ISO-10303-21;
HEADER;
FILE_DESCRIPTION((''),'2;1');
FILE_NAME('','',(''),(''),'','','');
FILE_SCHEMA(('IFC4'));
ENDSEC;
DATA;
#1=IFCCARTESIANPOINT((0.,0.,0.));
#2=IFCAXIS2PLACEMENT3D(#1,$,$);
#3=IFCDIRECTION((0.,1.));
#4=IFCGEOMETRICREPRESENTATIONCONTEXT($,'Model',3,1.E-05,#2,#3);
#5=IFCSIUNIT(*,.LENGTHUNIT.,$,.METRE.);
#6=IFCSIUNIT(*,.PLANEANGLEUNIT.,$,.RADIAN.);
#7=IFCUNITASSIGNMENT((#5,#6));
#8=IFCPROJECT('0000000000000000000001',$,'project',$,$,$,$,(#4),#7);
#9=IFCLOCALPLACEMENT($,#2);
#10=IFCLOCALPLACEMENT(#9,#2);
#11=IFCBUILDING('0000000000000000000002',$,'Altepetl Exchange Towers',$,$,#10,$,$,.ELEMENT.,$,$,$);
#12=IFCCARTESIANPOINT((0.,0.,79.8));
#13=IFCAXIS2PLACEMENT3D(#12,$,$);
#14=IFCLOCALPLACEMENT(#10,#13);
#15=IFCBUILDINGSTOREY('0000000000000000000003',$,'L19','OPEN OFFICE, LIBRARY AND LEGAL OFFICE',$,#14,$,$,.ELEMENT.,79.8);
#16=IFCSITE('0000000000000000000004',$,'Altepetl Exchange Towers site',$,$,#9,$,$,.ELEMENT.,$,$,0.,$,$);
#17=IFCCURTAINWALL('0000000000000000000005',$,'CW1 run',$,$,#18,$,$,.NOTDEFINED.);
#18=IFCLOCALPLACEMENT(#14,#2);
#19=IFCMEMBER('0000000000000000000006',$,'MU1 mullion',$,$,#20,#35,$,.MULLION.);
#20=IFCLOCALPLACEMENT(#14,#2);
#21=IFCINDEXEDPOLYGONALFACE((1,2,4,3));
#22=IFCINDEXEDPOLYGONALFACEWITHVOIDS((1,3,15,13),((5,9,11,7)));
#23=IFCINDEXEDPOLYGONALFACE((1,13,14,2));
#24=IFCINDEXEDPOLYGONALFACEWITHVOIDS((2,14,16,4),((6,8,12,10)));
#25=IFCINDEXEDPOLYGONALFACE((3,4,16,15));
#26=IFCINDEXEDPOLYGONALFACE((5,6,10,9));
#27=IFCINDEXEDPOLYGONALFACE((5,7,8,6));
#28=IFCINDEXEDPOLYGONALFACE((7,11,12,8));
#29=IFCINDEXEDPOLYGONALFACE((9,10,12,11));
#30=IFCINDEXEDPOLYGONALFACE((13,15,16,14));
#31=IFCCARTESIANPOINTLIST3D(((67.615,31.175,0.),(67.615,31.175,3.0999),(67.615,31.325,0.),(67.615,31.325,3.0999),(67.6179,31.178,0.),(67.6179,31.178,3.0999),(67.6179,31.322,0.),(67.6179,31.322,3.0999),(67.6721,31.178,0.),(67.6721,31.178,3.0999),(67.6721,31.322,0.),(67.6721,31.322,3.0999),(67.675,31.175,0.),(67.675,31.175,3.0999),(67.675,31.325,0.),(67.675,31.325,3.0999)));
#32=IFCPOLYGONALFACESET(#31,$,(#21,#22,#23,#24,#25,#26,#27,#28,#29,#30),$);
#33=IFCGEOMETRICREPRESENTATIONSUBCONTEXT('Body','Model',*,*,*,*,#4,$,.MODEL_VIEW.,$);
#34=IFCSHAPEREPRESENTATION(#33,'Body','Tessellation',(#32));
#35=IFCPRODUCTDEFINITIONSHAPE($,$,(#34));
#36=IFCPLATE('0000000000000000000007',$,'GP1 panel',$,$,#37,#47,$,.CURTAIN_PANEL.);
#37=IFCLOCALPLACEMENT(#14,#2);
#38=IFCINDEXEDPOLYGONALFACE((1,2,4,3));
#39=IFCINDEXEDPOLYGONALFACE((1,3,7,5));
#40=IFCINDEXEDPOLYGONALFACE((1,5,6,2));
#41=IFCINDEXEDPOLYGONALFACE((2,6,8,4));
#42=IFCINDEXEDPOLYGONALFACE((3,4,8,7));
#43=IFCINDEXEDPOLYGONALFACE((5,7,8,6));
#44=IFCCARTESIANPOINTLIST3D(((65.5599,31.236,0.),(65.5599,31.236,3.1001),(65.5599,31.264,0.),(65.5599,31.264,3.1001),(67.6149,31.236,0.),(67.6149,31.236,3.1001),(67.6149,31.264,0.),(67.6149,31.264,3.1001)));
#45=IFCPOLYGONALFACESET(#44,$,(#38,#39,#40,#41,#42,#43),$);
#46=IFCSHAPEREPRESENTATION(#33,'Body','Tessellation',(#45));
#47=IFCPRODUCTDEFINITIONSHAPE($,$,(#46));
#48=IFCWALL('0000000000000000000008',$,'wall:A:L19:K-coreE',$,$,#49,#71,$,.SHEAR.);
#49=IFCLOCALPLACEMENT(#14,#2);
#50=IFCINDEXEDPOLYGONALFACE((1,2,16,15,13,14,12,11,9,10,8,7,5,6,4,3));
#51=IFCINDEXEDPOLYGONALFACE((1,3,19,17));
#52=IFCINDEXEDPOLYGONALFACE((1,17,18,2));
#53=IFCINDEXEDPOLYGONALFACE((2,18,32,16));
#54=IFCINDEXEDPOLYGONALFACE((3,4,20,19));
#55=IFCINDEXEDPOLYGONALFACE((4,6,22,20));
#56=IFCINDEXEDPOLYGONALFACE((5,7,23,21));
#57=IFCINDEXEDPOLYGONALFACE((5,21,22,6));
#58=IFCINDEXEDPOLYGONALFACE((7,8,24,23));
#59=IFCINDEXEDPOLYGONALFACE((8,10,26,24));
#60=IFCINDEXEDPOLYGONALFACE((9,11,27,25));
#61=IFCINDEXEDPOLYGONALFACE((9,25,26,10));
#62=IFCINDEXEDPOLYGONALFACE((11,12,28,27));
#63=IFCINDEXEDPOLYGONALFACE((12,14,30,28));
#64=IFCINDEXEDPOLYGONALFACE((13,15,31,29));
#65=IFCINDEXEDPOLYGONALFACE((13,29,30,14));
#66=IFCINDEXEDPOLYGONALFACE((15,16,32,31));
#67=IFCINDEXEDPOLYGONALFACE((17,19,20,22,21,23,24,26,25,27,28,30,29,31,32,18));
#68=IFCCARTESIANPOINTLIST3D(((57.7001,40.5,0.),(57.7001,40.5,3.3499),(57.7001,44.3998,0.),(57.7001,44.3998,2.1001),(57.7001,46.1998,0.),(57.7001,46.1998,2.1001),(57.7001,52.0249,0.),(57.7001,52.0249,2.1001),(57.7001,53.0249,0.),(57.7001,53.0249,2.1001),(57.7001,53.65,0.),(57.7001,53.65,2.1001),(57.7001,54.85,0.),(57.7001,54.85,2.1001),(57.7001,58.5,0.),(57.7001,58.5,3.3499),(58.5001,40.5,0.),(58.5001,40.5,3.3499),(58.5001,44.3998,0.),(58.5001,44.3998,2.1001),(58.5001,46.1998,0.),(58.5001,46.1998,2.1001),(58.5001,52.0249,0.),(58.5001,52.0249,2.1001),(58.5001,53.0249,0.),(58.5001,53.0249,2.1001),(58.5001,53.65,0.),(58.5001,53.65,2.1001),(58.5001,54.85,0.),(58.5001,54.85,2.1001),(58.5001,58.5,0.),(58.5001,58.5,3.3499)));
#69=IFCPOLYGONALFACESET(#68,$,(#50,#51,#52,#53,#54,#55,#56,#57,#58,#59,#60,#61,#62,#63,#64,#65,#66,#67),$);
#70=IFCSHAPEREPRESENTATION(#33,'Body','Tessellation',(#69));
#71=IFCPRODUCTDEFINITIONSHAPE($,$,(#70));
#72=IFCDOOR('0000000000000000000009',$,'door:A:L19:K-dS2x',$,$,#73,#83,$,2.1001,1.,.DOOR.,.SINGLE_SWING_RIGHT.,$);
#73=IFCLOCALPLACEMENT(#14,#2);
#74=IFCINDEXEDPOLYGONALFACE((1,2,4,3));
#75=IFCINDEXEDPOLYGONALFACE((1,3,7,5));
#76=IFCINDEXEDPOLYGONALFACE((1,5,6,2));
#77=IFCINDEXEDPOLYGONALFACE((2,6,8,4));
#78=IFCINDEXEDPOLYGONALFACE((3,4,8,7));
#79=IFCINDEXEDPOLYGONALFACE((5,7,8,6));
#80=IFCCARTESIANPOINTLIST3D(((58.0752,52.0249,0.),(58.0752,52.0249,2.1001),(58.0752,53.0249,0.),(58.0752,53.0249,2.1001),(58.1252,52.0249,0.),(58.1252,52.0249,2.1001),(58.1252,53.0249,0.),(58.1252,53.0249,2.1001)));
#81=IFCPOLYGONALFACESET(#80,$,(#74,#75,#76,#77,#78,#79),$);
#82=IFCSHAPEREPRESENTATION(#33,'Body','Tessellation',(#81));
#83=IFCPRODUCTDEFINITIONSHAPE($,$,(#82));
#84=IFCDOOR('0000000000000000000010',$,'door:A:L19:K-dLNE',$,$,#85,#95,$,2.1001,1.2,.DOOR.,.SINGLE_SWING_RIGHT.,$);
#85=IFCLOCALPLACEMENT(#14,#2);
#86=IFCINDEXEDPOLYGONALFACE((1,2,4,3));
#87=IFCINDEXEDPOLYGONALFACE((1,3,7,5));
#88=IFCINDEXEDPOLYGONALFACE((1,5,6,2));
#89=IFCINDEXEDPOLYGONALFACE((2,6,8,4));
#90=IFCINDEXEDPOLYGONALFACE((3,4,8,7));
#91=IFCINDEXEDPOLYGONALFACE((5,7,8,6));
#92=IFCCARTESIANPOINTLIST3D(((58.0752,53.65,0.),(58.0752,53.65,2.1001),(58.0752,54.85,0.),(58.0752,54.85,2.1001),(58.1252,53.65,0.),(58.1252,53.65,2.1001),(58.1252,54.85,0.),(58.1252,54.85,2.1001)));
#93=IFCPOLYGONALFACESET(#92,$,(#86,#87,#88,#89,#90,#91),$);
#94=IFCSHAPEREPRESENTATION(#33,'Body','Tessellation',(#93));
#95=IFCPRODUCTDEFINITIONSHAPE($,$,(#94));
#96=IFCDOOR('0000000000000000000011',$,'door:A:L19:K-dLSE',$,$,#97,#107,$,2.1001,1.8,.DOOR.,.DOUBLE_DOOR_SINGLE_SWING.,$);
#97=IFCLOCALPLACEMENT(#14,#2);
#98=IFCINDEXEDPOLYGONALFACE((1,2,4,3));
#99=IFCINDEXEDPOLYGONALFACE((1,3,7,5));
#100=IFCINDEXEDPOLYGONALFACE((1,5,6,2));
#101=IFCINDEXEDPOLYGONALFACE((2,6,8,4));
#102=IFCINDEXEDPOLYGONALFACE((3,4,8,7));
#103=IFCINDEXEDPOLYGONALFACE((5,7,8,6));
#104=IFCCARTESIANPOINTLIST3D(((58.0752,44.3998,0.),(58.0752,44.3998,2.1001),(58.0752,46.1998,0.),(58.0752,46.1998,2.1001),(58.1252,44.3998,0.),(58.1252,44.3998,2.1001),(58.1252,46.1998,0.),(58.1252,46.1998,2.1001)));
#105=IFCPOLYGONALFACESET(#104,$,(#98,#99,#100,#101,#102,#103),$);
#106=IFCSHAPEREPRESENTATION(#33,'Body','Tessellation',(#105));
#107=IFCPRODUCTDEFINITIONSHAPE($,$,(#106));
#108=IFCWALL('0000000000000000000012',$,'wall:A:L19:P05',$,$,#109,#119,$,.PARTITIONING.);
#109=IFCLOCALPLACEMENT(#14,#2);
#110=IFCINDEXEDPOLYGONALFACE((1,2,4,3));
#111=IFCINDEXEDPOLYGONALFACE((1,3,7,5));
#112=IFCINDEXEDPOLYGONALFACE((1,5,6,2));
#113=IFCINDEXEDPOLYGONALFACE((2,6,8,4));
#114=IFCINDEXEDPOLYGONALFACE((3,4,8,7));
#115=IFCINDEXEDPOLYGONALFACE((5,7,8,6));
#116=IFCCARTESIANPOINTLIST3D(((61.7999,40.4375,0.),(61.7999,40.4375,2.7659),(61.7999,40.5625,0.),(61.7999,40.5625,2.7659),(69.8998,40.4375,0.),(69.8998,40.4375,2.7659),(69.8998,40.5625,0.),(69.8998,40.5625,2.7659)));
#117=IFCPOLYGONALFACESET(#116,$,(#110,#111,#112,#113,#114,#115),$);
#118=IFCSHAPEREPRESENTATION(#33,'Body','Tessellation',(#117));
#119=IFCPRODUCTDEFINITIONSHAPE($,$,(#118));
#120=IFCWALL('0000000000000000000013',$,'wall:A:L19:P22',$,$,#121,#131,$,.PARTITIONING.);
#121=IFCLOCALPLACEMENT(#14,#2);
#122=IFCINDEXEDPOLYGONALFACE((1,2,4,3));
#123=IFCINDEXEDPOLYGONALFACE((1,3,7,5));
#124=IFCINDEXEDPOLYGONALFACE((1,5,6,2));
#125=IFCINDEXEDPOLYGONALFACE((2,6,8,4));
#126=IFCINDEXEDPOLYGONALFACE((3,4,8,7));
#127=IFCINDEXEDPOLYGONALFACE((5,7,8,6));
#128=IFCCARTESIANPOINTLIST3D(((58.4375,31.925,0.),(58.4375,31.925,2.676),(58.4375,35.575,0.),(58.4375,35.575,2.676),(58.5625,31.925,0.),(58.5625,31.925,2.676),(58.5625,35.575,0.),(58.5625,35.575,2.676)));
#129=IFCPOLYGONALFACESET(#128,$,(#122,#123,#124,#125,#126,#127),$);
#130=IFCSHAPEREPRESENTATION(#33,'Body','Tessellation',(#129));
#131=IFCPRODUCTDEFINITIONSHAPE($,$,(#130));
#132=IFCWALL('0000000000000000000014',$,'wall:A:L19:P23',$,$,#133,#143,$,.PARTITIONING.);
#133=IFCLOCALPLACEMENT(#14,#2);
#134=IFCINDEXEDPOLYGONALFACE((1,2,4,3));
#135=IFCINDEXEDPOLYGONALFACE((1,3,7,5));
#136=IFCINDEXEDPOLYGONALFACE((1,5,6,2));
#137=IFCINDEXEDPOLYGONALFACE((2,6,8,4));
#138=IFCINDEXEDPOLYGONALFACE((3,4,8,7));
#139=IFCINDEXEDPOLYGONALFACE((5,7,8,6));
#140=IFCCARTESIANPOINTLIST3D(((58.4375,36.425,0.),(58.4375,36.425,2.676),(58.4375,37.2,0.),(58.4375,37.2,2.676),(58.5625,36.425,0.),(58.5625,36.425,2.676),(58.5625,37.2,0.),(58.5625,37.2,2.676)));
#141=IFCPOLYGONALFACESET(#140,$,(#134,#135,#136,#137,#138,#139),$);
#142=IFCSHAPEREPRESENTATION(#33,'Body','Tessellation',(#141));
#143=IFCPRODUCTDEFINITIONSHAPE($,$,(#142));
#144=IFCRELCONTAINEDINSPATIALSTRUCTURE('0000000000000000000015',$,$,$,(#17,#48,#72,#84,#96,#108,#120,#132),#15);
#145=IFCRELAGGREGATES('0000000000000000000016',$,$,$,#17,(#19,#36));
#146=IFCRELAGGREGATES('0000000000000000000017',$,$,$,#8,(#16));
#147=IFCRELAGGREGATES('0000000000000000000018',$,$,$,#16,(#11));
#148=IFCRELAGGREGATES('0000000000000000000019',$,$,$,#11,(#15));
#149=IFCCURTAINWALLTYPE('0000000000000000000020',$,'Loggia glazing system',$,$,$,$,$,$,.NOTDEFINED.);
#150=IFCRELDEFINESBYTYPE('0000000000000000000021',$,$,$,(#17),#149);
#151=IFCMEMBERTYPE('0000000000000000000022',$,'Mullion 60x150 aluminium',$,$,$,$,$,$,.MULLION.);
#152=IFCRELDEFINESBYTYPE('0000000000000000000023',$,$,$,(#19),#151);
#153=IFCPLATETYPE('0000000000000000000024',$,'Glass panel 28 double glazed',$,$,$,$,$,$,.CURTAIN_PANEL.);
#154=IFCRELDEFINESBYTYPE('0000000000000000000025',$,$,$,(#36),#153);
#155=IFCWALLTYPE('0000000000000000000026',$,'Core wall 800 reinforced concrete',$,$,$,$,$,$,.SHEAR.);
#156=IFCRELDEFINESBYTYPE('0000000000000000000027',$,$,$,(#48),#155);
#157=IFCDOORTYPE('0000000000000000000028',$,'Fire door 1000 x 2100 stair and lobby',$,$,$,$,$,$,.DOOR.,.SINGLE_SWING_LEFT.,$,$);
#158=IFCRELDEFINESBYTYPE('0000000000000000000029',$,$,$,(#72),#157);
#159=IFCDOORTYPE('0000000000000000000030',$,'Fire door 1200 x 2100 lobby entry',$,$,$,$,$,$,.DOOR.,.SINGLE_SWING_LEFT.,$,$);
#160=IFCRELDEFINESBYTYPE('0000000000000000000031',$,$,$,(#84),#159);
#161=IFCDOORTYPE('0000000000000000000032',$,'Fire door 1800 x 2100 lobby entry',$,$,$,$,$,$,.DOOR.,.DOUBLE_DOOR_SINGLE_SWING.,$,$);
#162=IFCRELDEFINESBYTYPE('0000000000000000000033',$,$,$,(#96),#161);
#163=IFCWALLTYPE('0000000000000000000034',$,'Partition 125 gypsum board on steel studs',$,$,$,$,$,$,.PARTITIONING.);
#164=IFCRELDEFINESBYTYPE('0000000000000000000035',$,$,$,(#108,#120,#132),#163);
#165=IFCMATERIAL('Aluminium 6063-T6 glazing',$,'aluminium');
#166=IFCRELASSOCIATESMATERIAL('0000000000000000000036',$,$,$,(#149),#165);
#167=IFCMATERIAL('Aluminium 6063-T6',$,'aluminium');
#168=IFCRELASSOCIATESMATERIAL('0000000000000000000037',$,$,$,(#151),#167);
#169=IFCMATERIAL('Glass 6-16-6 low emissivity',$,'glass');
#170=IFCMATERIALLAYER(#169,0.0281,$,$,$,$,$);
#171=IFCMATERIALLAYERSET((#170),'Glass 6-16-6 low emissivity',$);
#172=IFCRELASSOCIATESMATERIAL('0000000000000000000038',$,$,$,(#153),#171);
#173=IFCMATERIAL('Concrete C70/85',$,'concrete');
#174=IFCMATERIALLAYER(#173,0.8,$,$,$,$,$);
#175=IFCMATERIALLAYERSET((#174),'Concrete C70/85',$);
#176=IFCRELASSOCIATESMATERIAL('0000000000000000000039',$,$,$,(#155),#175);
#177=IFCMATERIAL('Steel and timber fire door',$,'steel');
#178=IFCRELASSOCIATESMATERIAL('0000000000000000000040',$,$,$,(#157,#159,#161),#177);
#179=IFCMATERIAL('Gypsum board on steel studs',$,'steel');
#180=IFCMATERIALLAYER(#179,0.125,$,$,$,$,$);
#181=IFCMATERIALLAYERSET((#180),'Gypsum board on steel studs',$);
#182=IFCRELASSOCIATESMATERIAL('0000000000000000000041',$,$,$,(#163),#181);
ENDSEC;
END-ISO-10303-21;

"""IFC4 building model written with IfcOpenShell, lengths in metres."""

from ifc_helpers import new_model, si_unit, direction, frame, frame_2d, origin, origin_2d, place, context, subcontext, project, spatial, rectangle, hollow_rectangle, extrude, material, layer, layer_set, material_profile, profile_set, type_object, element, fill, aggregate, save


model = new_model("IFC4")

# Units and contexts
model_context = context("Model", 3, precision=1e-05, world=origin(), true_north=direction((0.0, 1.0)))
body_context = subcontext(model_context, "Body", "Model", "MODEL_VIEW")
ifc_project = project(units=[si_unit("LENGTHUNIT", "METRE"), si_unit("PLANEANGLEUNIT", "RADIAN")], contexts=[model_context])

# Site, building, storey
site_placement = place(None, origin())
site = spatial("IfcSite", under=ifc_project, at=site_placement, Name="Altepetl Exchange Towers site", CompositionType="ELEMENT", RefElevation=0.0)
building_placement = place(site_placement, origin())
building = spatial("IfcBuilding", under=site, at=building_placement, Name="Altepetl Exchange Towers", CompositionType="ELEMENT")
storey_placement = place(building_placement, frame((0.0, 0.0, 79.8)))
storey = spatial("IfcBuildingStorey", under=building, at=storey_placement, Name="L19", Description="OPEN OFFICE, LIBRARY AND LEGAL OFFICE", CompositionType="ELEMENT", Elevation=79.8)

# Shared definitions
ifc_material_1 = material(Name="Concrete C70/85", Category="concrete")

# Shared definitions
ifc_material_2 = material(Name="Aluminium 6063-T6 glazing", Category="aluminium")
curtain_wall_type = type_object("IfcCurtainWallType", Name="Loggia glazing system", PredefinedType="NOTDEFINED", material=ifc_material_2)
ifc_material_3 = material(Name="Aluminium 6063-T6", Category="aluminium")
ifc_material_profile_1 = material_profile(ifc_material_3, hollow_rectangle(XDim=0.0601, YDim=0.1499, WallThickness=0.0029, at=origin_2d()), Name="Mullion 60x150 aluminium")
ifc_profile_set_1 = profile_set([ifc_material_profile_1], Name="Aluminium 6063-T6")
member_type = type_object("IfcMemberType", Name="Mullion 60x150 aluminium", PredefinedType="MULLION", material=ifc_profile_set_1)

# Curtain wall, member, plate
curtain_wall_1_placement = place(storey_placement, origin())
curtain_wall_1 = element("IfcCurtainWall", 1, at=curtain_wall_1_placement, inside=storey, type_object=curtain_wall_type, Name="CW1 run", PredefinedType="NOTDEFINED")
member_1_placement = place(storey_placement, frame((67.645, 31.25, 0.0)))
member_1 = element("IfcMember", 2, at=member_1_placement, type_object=member_type, Name="MU1 mullion", PredefinedType="MULLION", context=body_context, shape_type="SweptSolid", body=[
    extrude(hollow_rectangle(XDim=0.0601, YDim=0.1499, WallThickness=0.0029, at=origin_2d()), origin(), (0.0, 0.0, 1.0), 3.0999),
])
ifc_material_4 = material(Name="Glass 6-16-6 low emissivity", Category="glass")
ifc_layer_1 = layer(ifc_material_4, 0.0281)
ifc_layer_set_1 = layer_set([ifc_layer_1], Name="Glass 6-16-6 low emissivity")
plate_type = type_object("IfcPlateType", Name="Glass panel 28 double glazed", PredefinedType="CURTAIN_PANEL", material=ifc_layer_set_1)
plate_placement = place(storey_placement, frame((66.5874, 31.25, 0.0)))
plate = element("IfcPlate", 3, at=plate_placement, type_object=plate_type, Name="GP1 panel", PredefinedType="CURTAIN_PANEL", context=body_context, shape_type="SweptSolid", body=[
    extrude(rectangle(XDim=2.0549, YDim=0.0281, at=origin_2d()), origin(), (0.0, 0.0, 1.0), 3.1001),
])
aggregate(curtain_wall_1, [member_1, plate])

# Wall, openings, doors
ifc_layer_2 = layer(ifc_material_1, 0.8)
ifc_layer_set_2 = layer_set([ifc_layer_2], Name="Concrete C70/85")
wall_type_1 = type_object("IfcWallType", Name="Core wall 800 reinforced concrete", PredefinedType="SHEAR", material=ifc_layer_set_2)
wall_1_placement = place(storey_placement, frame((58.1001, 40.5, 0.0), z_axis=(0.0, 0.0, 1.0), x_axis=(0.0, 1.0, 0.0)))
wall_1 = element("IfcWall", 4, at=wall_1_placement, inside=storey, type_object=wall_type_1, Name="wall:A:L19:K-coreE", PredefinedType="SHEAR", context=body_context, shape_type="SweptSolid", body=[
    extrude(rectangle(XDim=18.0, YDim=0.8, at=frame_2d((9.0, 0.0))), origin(), (0.0, 0.0, 1.0), 3.3499),
])
opening_1_placement = place(wall_1_placement, frame((13.1499, 0.0, 0.0)))
opening_1 = element("IfcOpeningElement", 5, at=opening_1_placement, cuts=wall_1, PredefinedType="OPENING", context=body_context, shape_type="SweptSolid", body=[
    extrude(rectangle(XDim=1.2, YDim=2.1001, at=frame_2d((0.6001, 1.05))), frame((0.0, 0.4102, 0.0), z_axis=(0.0, -1.0, 0.0), x_axis=(1.0, 0.0, 0.0)), (0.0, 0.0, 1.0), 0.8201),
])
opening_2_placement = place(wall_1_placement, frame((3.8999, 0.0, 0.0)))
opening_2 = element("IfcOpeningElement", 6, at=opening_2_placement, cuts=wall_1, PredefinedType="OPENING", context=body_context, shape_type="SweptSolid", body=[
    extrude(rectangle(XDim=1.8, YDim=2.1001, at=frame_2d((0.8999, 1.05))), frame((0.0, 0.4102, 0.0), z_axis=(0.0, -1.0, 0.0), x_axis=(1.0, 0.0, 0.0)), (0.0, 0.0, 1.0), 0.8201),
])
opening_3_placement = place(wall_1_placement, frame((11.5249, 0.0, 0.0)))
opening_3 = element("IfcOpeningElement", 7, at=opening_3_placement, cuts=wall_1, PredefinedType="OPENING", context=body_context, shape_type="SweptSolid", body=[
    extrude(rectangle(XDim=1.0, YDim=2.1001, at=frame_2d((0.5, 1.05))), frame((0.0, 0.4102, 0.0), z_axis=(0.0, -1.0, 0.0), x_axis=(1.0, 0.0, 0.0)), (0.0, 0.0, 1.0), 0.8201),
])
ifc_material_5 = material(Name="Steel and timber fire door", Category="steel")
door_type_1 = type_object("IfcDoorType", Name="Fire door 1000 x 2100 stair and lobby", OperationType="SINGLE_SWING_LEFT", PredefinedType="DOOR", material=ifc_material_5)
door_1_placement = place(opening_3_placement, origin())
door_1 = element("IfcDoor", 8, at=door_1_placement, inside=storey, type_object=door_type_1, Name="door:A:L19:K-dS2x", OperationType="SINGLE_SWING_RIGHT", OverallHeight=2.1001, OverallWidth=1.0, PredefinedType="DOOR", context=body_context, shape_type="SweptSolid", body=[
    extrude(rectangle(XDim=1.0, YDim=2.1001, at=frame_2d((0.5, 1.05))), frame((0.0, 0.0249, 0.0), z_axis=(0.0, -1.0, 0.0), x_axis=(1.0, 0.0, 0.0)), (0.0, 0.0, 1.0), 0.05),
])
fill(opening_3, door_1)
door_type_2 = type_object("IfcDoorType", Name="Fire door 1200 x 2100 lobby entry", OperationType="SINGLE_SWING_LEFT", PredefinedType="DOOR", material=ifc_material_5)
door_2_placement = place(opening_1_placement, origin())
door_2 = element("IfcDoor", 9, at=door_2_placement, inside=storey, type_object=door_type_2, Name="door:A:L19:K-dLNE", OperationType="SINGLE_SWING_RIGHT", OverallHeight=2.1001, OverallWidth=1.2, PredefinedType="DOOR", context=body_context, shape_type="SweptSolid", body=[
    extrude(rectangle(XDim=1.2, YDim=2.1001, at=frame_2d((0.6001, 1.05))), frame((0.0, 0.0249, 0.0), z_axis=(0.0, -1.0, 0.0), x_axis=(1.0, 0.0, 0.0)), (0.0, 0.0, 1.0), 0.05),
])
fill(opening_1, door_2)
door_type_3 = type_object("IfcDoorType", Name="Fire door 1800 x 2100 lobby entry", OperationType="DOUBLE_DOOR_SINGLE_SWING", PredefinedType="DOOR", material=ifc_material_5)
door_3_placement = place(opening_2_placement, origin())
door_3 = element("IfcDoor", 10, at=door_3_placement, inside=storey, type_object=door_type_3, Name="door:A:L19:K-dLSE", OperationType="DOUBLE_DOOR_SINGLE_SWING", OverallHeight=2.1001, OverallWidth=1.8, PredefinedType="DOOR", context=body_context, shape_type="SweptSolid", body=[
    extrude(rectangle(XDim=1.8, YDim=2.1001, at=frame_2d((0.8999, 1.05))), frame((0.0, 0.0249, 0.0), z_axis=(0.0, -1.0, 0.0), x_axis=(1.0, 0.0, 0.0)), (0.0, 0.0, 1.0), 0.05),
])
fill(opening_2, door_3)

# Walls
ifc_material_6 = material(Name="Gypsum board on steel studs", Category="steel")
ifc_layer_3 = layer(ifc_material_6, 0.125)
ifc_layer_set_3 = layer_set([ifc_layer_3], Name="Gypsum board on steel studs")
wall_type_2 = type_object("IfcWallType", Name="Partition 125 gypsum board on steel studs", PredefinedType="PARTITIONING", material=ifc_layer_set_3)
wall_2_placement = place(storey_placement, frame((61.8, 40.5, 0.0)))
element("IfcWall", 11, at=wall_2_placement, inside=storey, type_object=wall_type_2, Name="wall:A:L19:P05", PredefinedType="PARTITIONING", context=body_context, shape_type="SweptSolid", body=[
    extrude(rectangle(XDim=8.0999, YDim=0.125, at=frame_2d((4.0498, 0.0))), origin(), (0.0, 0.0, 1.0), 2.7659),
])
wall_3_placement = place(storey_placement, frame((58.5, 31.925, 0.0), z_axis=(0.0, 0.0, 1.0), x_axis=(0.0, 1.0, 0.0)))
element("IfcWall", 12, at=wall_3_placement, inside=storey, type_object=wall_type_2, Name="wall:A:L19:P22", PredefinedType="PARTITIONING", context=body_context, shape_type="SweptSolid", body=[
    extrude(rectangle(XDim=3.6499, YDim=0.125, at=frame_2d((1.825, 0.0))), origin(), (0.0, 0.0, 1.0), 2.676),
])
wall_4_placement = place(storey_placement, frame((58.5, 36.425, 0.0), z_axis=(0.0, 0.0, 1.0), x_axis=(0.0, 1.0, 0.0)))
element("IfcWall", 13, at=wall_4_placement, inside=storey, type_object=wall_type_2, Name="wall:A:L19:P23", PredefinedType="PARTITIONING", context=body_context, shape_type="SweptSolid", body=[
    extrude(rectangle(XDim=0.7749, YDim=0.125, at=frame_2d((0.3875, 0.0))), origin(), (0.0, 0.0, 1.0), 2.676),
])

save(model, "model.ifc")
